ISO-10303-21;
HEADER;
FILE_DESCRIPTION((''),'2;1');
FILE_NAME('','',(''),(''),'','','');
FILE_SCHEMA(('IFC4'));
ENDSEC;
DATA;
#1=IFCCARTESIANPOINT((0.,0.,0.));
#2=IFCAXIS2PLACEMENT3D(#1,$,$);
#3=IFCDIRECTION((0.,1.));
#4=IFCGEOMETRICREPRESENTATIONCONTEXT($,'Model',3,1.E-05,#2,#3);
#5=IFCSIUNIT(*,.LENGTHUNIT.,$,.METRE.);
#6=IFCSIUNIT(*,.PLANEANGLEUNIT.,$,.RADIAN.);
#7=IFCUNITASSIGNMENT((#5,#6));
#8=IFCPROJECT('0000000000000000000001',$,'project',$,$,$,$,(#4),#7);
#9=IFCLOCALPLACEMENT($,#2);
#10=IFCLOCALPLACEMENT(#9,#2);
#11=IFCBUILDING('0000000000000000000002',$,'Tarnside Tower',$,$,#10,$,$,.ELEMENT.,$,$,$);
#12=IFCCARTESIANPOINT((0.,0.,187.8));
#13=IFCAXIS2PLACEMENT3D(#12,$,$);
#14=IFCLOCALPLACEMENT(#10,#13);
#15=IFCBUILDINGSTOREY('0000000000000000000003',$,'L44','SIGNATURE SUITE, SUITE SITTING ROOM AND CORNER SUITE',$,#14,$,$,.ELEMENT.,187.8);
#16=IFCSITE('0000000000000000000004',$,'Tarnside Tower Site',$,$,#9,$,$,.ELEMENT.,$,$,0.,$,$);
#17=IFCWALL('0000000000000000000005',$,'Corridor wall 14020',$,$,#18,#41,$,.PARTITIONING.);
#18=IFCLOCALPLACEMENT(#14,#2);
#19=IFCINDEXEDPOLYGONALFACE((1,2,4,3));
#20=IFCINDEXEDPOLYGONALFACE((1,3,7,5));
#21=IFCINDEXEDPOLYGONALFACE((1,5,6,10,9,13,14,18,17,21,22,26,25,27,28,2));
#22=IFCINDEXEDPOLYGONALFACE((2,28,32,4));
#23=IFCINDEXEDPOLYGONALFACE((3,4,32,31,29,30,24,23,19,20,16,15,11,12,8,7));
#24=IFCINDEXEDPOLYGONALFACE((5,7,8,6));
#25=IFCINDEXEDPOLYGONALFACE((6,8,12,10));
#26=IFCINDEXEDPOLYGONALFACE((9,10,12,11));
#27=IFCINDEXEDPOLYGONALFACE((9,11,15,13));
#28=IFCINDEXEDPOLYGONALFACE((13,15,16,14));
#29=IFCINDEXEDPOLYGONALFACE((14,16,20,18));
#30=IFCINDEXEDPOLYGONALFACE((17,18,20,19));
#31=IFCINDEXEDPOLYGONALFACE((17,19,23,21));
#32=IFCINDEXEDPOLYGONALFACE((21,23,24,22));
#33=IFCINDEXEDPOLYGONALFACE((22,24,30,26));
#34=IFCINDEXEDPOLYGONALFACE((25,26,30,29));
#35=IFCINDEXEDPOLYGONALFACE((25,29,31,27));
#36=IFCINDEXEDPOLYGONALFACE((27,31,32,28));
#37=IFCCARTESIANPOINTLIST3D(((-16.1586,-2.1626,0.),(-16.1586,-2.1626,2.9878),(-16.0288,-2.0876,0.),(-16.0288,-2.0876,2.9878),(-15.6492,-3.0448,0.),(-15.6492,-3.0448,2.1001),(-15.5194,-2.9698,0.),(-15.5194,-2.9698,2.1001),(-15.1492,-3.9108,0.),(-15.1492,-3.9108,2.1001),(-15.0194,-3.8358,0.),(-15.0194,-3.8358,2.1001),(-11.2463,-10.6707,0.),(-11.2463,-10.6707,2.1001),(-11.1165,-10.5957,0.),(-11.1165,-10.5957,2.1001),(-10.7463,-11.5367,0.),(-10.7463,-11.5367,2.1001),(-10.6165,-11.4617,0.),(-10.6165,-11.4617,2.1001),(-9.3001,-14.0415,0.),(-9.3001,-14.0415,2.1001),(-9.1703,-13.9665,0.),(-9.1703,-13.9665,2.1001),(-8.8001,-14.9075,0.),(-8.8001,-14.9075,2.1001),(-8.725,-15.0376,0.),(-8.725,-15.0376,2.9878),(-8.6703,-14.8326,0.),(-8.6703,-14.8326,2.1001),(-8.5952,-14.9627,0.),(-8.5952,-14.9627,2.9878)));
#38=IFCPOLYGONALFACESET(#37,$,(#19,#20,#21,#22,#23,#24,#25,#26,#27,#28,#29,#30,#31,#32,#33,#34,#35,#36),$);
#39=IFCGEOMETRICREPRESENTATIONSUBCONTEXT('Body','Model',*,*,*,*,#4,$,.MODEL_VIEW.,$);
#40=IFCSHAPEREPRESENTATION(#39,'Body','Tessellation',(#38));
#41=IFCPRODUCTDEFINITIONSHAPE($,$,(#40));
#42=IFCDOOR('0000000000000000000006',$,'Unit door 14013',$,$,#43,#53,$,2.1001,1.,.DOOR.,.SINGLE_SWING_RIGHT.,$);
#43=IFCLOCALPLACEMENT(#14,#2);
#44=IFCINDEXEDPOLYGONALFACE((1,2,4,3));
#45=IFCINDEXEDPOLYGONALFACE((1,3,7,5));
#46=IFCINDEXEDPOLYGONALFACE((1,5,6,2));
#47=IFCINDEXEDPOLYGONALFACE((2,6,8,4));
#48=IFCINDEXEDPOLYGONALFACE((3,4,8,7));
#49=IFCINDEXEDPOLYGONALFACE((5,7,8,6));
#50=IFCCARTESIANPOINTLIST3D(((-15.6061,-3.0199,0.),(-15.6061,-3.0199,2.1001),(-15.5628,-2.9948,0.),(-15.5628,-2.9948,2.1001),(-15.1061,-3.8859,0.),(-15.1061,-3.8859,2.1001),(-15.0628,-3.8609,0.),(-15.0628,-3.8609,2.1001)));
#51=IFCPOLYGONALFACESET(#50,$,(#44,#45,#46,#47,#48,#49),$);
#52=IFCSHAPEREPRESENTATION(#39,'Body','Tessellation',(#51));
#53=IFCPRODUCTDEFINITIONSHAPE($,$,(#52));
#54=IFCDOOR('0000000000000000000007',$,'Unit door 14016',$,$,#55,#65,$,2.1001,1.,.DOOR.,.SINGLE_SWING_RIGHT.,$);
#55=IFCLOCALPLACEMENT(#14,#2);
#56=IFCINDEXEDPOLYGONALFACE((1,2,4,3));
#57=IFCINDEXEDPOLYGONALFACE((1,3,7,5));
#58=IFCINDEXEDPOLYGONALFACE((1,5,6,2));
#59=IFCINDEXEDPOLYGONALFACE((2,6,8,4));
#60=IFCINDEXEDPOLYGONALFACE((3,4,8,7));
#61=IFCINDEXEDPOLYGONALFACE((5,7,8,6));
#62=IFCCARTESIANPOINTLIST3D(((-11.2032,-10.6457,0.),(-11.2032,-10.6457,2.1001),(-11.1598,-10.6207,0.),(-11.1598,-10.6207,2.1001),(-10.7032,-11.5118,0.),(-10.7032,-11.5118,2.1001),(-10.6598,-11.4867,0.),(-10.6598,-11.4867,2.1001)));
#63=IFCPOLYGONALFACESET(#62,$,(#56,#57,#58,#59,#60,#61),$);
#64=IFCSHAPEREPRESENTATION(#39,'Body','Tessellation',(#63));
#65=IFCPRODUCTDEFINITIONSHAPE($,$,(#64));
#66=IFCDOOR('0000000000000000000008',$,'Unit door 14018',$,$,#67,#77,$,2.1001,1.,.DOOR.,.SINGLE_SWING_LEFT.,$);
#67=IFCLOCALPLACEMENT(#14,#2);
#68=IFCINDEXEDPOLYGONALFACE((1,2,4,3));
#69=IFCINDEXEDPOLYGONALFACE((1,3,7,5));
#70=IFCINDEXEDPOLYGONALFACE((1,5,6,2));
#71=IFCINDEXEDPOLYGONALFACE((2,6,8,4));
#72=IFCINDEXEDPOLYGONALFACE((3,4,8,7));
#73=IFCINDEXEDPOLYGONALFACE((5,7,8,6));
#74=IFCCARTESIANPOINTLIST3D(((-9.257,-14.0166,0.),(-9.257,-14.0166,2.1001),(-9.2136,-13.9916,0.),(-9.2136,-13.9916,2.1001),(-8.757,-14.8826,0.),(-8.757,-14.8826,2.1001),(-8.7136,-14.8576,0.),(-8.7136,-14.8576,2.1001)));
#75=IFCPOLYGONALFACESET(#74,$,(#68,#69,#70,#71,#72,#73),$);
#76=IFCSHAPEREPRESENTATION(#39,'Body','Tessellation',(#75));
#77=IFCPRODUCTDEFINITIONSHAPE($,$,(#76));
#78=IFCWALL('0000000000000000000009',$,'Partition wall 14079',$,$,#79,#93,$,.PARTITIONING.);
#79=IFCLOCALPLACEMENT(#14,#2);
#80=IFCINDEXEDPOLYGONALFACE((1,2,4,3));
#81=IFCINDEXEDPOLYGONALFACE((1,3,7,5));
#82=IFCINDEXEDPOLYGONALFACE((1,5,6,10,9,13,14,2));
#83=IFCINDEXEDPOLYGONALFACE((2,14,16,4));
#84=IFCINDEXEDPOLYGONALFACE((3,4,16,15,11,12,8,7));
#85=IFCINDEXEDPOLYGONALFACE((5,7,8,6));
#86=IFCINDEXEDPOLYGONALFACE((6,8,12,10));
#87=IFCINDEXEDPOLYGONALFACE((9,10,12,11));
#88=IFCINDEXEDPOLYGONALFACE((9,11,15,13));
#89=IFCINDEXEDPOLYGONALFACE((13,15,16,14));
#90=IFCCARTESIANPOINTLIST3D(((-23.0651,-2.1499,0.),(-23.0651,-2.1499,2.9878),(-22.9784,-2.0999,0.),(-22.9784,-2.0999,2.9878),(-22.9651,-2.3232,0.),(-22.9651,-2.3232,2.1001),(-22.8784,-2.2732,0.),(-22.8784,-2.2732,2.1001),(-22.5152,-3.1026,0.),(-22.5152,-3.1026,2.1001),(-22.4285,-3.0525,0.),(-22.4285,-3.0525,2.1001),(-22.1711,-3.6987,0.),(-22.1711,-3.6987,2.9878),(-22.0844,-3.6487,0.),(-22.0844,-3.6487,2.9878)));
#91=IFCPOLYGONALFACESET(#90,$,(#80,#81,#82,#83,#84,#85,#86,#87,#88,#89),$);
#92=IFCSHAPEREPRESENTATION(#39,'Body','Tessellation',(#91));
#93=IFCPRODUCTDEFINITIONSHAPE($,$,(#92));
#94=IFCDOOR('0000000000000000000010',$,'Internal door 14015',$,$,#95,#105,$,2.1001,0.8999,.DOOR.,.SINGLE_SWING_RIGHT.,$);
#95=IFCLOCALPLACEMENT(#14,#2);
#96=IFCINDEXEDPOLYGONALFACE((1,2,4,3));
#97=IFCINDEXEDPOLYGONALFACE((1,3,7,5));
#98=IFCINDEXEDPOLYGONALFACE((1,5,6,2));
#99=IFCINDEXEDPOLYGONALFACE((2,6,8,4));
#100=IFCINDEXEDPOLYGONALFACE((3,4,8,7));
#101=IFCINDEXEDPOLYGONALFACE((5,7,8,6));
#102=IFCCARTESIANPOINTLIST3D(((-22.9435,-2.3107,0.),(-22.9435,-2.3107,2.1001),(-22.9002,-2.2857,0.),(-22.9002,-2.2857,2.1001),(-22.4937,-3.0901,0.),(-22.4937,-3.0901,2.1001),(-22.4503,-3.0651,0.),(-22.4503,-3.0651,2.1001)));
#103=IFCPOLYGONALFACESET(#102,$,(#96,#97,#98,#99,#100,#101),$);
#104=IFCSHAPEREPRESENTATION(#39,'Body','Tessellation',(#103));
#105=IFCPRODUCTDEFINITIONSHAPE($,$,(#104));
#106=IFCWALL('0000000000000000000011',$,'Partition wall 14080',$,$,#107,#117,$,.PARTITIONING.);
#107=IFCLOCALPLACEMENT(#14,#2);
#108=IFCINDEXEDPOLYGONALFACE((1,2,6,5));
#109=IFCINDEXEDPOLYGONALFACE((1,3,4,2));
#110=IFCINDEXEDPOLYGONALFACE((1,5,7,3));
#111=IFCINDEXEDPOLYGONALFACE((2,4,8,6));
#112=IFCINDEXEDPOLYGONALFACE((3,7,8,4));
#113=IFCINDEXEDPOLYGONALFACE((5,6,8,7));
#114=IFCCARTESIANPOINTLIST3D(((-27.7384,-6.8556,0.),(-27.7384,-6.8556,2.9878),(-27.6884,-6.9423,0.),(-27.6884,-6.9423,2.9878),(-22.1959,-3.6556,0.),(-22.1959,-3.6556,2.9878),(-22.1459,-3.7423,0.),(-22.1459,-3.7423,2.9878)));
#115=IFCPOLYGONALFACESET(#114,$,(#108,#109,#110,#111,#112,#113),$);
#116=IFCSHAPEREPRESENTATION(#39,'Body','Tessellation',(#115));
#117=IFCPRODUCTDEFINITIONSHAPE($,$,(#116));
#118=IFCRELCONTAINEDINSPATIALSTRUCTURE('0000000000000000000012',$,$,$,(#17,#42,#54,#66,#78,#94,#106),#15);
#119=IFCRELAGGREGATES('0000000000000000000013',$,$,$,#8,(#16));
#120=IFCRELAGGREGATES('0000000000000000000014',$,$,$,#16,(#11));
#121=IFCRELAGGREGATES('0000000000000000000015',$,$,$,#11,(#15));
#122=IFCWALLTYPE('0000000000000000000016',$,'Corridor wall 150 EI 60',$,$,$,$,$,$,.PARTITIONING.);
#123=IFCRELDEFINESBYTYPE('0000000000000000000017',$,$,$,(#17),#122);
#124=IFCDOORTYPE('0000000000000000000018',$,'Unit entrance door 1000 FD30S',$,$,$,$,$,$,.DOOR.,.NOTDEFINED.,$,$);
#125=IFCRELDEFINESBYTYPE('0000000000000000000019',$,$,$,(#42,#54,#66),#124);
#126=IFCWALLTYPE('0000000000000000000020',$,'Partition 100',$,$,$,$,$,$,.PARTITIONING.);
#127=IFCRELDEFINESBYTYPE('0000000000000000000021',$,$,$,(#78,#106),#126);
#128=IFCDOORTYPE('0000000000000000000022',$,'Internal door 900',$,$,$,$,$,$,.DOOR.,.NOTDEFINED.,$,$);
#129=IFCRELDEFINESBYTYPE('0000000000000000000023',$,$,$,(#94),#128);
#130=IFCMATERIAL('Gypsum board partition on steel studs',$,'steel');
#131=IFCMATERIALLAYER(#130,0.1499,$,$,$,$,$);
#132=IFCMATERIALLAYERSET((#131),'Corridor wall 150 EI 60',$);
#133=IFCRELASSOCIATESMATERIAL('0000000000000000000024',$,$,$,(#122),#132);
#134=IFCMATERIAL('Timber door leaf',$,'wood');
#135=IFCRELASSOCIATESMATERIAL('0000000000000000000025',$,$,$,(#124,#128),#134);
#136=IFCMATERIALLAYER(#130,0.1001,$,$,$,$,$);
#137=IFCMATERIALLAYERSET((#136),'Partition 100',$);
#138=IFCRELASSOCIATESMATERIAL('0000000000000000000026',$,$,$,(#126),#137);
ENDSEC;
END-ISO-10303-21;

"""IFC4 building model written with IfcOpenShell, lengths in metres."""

from ifc_helpers import new_model, si_unit, direction, frame, frame_2d, origin, place, context, subcontext, project, spatial, rectangle, extrude, material, layer, layer_set, type_object, element, fill, save


model = new_model("IFC4")

# Units and contexts
model_context = context("Model", 3, precision=1e-05, world=origin(), true_north=direction((0.0, 1.0)))
body_context = subcontext(model_context, "Body", "Model", "MODEL_VIEW")
ifc_project = project(units=[si_unit("LENGTHUNIT", "METRE"), si_unit("PLANEANGLEUNIT", "RADIAN")], contexts=[model_context])

# Site, building, storey
site_placement = place(None, origin())
site = spatial("IfcSite", under=ifc_project, at=site_placement, Name="Tarnside Tower Site", CompositionType="ELEMENT", RefElevation=0.0)
building_placement = place(site_placement, origin())
building = spatial("IfcBuilding", under=site, at=building_placement, Name="Tarnside Tower", CompositionType="ELEMENT")
storey_placement = place(building_placement, frame((0.0, 0.0, 187.8)))
storey = spatial("IfcBuildingStorey", under=building, at=storey_placement, Name="L44", Description="SIGNATURE SUITE, SUITE SITTING ROOM AND CORNER SUITE", CompositionType="ELEMENT", Elevation=187.8)

# Shared definitions
ifc_material_1 = material(Name="Gypsum board partition on steel studs", Category="steel")

# Shared definitions
ifc_material_2 = material(Name="Timber door leaf", Category="wood")

# Shared definitions
ifc_layer_1 = layer(ifc_material_1, 0.1499)
ifc_layer_set_1 = layer_set([ifc_layer_1], Name="Corridor wall 150 EI 60")
wall_type_1 = type_object("IfcWallType", Name="Corridor wall 150 EI 60", PredefinedType="PARTITIONING", material=ifc_layer_set_1)

# Wall, openings, doors
wall_1_placement = place(storey_placement, frame((-16.0938, -2.125, 0.0), z_axis=(0.0, 0.0, 1.0), x_axis=(0.500011, -0.866019, 0.0)))
wall_1 = element("IfcWall", 1, at=wall_1_placement, inside=storey, type_object=wall_type_1, Name="Corridor wall 14020", PredefinedType="PARTITIONING", context=body_context, shape_type="SweptSolid", body=[
    extrude(rectangle(XDim=14.8669, YDim=0.1499, at=frame_2d((7.4336, 0.0))), origin(), (0.0, 0.0, 1.0), 2.9878),
])
opening_1_placement = place(wall_1_placement, frame((1.0188, 0.0, 0.0)))
opening_1 = element("IfcOpeningElement", 2, at=opening_1_placement, cuts=wall_1, PredefinedType="OPENING", context=body_context, shape_type="SweptSolid", body=[
    extrude(rectangle(XDim=1.0, YDim=2.1001, at=frame_2d((0.5, 1.05))), frame((0.0, 0.085, 0.0), z_axis=(0.0, -1.0, 0.0), x_axis=(1.0, 0.0, 0.0)), (0.0, 0.0, 1.0), 0.1699),
])
opening_2_placement = place(wall_1_placement, frame((9.8245, 0.0, 0.0)))
opening_2 = element("IfcOpeningElement", 3, at=opening_2_placement, cuts=wall_1, PredefinedType="OPENING", context=body_context, shape_type="SweptSolid", body=[
    extrude(rectangle(XDim=1.0, YDim=2.1001, at=frame_2d((0.5, 1.05))), frame((0.0, 0.085, 0.0), z_axis=(0.0, -1.0, 0.0), x_axis=(1.0, 0.0, 0.0)), (0.0, 0.0, 1.0), 0.1699),
])
opening_3_placement = place(wall_1_placement, frame((13.7168, 0.0, 0.0)))
opening_3 = element("IfcOpeningElement", 4, at=opening_3_placement, cuts=wall_1, PredefinedType="OPENING", context=body_context, shape_type="SweptSolid", body=[
    extrude(rectangle(XDim=1.0, YDim=2.1001, at=frame_2d((0.5, 1.05))), frame((0.0, 0.085, 0.0), z_axis=(0.0, -1.0, 0.0), x_axis=(1.0, 0.0, 0.0)), (0.0, 0.0, 1.0), 0.1699),
])
door_type_1 = type_object("IfcDoorType", Name="Unit entrance door 1000 FD30S", OperationType="NOTDEFINED", PredefinedType="DOOR", material=ifc_material_2)
door_1_placement = place(opening_1_placement, origin())
door_1 = element("IfcDoor", 5, at=door_1_placement, inside=storey, type_object=door_type_1, Name="Unit door 14013", OperationType="SINGLE_SWING_RIGHT", OverallHeight=2.1001, OverallWidth=1.0, PredefinedType="DOOR", context=body_context, shape_type="SweptSolid", body=[
    extrude(rectangle(XDim=1.0, YDim=2.1001, at=frame_2d((0.5, 1.05))), frame((0.0, 0.0249, 0.0), z_axis=(0.0, -1.0, 0.0), x_axis=(1.0, 0.0, 0.0)), (0.0, 0.0, 1.0), 0.05),
])
fill(opening_1, door_1)
door_2_placement = place(opening_2_placement, origin())
door_2 = element("IfcDoor", 6, at=door_2_placement, inside=storey, type_object=door_type_1, Name="Unit door 14016", OperationType="SINGLE_SWING_RIGHT", OverallHeight=2.1001, OverallWidth=1.0, PredefinedType="DOOR", context=body_context, shape_type="SweptSolid", body=[
    extrude(rectangle(XDim=1.0, YDim=2.1001, at=frame_2d((0.5, 1.05))), frame((0.0, 0.0249, 0.0), z_axis=(0.0, -1.0, 0.0), x_axis=(1.0, 0.0, 0.0)), (0.0, 0.0, 1.0), 0.05),
])
fill(opening_2, door_2)
door_3_placement = place(opening_3_placement, origin())
door_3 = element("IfcDoor", 7, at=door_3_placement, inside=storey, type_object=door_type_1, Name="Unit door 14018", OperationType="SINGLE_SWING_LEFT", OverallHeight=2.1001, OverallWidth=1.0, PredefinedType="DOOR", context=body_context, shape_type="SweptSolid", body=[
    extrude(rectangle(XDim=1.0, YDim=2.1001, at=frame_2d((0.5, 1.05))), frame((0.0, 0.0249, 0.0), z_axis=(0.0, -1.0, 0.0), x_axis=(1.0, 0.0, 0.0)), (0.0, 0.0, 1.0), 0.05),
])
fill(opening_3, door_3)

# Wall, opening, door
ifc_layer_2 = layer(ifc_material_1, 0.1001)
ifc_layer_set_2 = layer_set([ifc_layer_2], Name="Partition 100")
wall_type_2 = type_object("IfcWallType", Name="Partition 100", PredefinedType="PARTITIONING", material=ifc_layer_set_2)
wall_2_placement = place(storey_placement, frame((-23.0217, -2.125, 0.0), z_axis=(0.0, 0.0, 1.0), x_axis=(0.499927, -0.866067, 0.0)))
wall_2 = element("IfcWall", 8, at=wall_2_placement, inside=storey, type_object=wall_type_2, Name="Partition wall 14079", PredefinedType="PARTITIONING", context=body_context, shape_type="SweptSolid", body=[
    extrude(rectangle(XDim=1.7883, YDim=0.1001, at=frame_2d((0.894, 0.0))), origin(), (0.0, 0.0, 1.0), 2.9878),
])
opening_4_placement = place(wall_2_placement, frame((0.2, 0.0, 0.0)))
opening_4 = element("IfcOpeningElement", 9, at=opening_4_placement, cuts=wall_2, PredefinedType="OPENING", context=body_context, shape_type="SweptSolid", body=[
    extrude(rectangle(XDim=0.8999, YDim=2.1001, at=frame_2d((0.45, 1.05))), frame((0.0, 0.0601, 0.0), z_axis=(0.0, -1.0, 0.0), x_axis=(1.0, 0.0, 0.0)), (0.0, 0.0, 1.0), 0.1201),
])
door_type_2 = type_object("IfcDoorType", Name="Internal door 900", OperationType="NOTDEFINED", PredefinedType="DOOR", material=ifc_material_2)
door_4_placement = place(opening_4_placement, origin())
door_4 = element("IfcDoor", 10, at=door_4_placement, inside=storey, type_object=door_type_2, Name="Internal door 14015", OperationType="SINGLE_SWING_RIGHT", OverallHeight=2.1001, OverallWidth=0.8999, PredefinedType="DOOR", context=body_context, shape_type="SweptSolid", body=[
    extrude(rectangle(XDim=0.8999, YDim=2.1001, at=frame_2d((0.45, 1.05))), frame((0.0, 0.0249, 0.0), z_axis=(0.0, -1.0, 0.0), x_axis=(1.0, 0.0, 0.0)), (0.0, 0.0, 1.0), 0.05),
])
fill(opening_4, door_4)

# Wall
wall_3_placement = place(storey_placement, frame((-22.1709, -3.699, 0.0), z_axis=(0.0, 0.0, 1.0), x_axis=(-0.866025, -0.5, 0.0)))
element("IfcWall", 11, at=wall_3_placement, inside=storey, type_object=wall_type_2, Name="Partition wall 14080", PredefinedType="PARTITIONING", context=body_context, shape_type="SweptSolid", body=[
    extrude(rectangle(XDim=6.3999, YDim=0.1001, at=frame_2d((3.2, 0.0))), origin(), (0.0, 0.0, 1.0), 2.9878),
])

save(model, "model.ifc")
